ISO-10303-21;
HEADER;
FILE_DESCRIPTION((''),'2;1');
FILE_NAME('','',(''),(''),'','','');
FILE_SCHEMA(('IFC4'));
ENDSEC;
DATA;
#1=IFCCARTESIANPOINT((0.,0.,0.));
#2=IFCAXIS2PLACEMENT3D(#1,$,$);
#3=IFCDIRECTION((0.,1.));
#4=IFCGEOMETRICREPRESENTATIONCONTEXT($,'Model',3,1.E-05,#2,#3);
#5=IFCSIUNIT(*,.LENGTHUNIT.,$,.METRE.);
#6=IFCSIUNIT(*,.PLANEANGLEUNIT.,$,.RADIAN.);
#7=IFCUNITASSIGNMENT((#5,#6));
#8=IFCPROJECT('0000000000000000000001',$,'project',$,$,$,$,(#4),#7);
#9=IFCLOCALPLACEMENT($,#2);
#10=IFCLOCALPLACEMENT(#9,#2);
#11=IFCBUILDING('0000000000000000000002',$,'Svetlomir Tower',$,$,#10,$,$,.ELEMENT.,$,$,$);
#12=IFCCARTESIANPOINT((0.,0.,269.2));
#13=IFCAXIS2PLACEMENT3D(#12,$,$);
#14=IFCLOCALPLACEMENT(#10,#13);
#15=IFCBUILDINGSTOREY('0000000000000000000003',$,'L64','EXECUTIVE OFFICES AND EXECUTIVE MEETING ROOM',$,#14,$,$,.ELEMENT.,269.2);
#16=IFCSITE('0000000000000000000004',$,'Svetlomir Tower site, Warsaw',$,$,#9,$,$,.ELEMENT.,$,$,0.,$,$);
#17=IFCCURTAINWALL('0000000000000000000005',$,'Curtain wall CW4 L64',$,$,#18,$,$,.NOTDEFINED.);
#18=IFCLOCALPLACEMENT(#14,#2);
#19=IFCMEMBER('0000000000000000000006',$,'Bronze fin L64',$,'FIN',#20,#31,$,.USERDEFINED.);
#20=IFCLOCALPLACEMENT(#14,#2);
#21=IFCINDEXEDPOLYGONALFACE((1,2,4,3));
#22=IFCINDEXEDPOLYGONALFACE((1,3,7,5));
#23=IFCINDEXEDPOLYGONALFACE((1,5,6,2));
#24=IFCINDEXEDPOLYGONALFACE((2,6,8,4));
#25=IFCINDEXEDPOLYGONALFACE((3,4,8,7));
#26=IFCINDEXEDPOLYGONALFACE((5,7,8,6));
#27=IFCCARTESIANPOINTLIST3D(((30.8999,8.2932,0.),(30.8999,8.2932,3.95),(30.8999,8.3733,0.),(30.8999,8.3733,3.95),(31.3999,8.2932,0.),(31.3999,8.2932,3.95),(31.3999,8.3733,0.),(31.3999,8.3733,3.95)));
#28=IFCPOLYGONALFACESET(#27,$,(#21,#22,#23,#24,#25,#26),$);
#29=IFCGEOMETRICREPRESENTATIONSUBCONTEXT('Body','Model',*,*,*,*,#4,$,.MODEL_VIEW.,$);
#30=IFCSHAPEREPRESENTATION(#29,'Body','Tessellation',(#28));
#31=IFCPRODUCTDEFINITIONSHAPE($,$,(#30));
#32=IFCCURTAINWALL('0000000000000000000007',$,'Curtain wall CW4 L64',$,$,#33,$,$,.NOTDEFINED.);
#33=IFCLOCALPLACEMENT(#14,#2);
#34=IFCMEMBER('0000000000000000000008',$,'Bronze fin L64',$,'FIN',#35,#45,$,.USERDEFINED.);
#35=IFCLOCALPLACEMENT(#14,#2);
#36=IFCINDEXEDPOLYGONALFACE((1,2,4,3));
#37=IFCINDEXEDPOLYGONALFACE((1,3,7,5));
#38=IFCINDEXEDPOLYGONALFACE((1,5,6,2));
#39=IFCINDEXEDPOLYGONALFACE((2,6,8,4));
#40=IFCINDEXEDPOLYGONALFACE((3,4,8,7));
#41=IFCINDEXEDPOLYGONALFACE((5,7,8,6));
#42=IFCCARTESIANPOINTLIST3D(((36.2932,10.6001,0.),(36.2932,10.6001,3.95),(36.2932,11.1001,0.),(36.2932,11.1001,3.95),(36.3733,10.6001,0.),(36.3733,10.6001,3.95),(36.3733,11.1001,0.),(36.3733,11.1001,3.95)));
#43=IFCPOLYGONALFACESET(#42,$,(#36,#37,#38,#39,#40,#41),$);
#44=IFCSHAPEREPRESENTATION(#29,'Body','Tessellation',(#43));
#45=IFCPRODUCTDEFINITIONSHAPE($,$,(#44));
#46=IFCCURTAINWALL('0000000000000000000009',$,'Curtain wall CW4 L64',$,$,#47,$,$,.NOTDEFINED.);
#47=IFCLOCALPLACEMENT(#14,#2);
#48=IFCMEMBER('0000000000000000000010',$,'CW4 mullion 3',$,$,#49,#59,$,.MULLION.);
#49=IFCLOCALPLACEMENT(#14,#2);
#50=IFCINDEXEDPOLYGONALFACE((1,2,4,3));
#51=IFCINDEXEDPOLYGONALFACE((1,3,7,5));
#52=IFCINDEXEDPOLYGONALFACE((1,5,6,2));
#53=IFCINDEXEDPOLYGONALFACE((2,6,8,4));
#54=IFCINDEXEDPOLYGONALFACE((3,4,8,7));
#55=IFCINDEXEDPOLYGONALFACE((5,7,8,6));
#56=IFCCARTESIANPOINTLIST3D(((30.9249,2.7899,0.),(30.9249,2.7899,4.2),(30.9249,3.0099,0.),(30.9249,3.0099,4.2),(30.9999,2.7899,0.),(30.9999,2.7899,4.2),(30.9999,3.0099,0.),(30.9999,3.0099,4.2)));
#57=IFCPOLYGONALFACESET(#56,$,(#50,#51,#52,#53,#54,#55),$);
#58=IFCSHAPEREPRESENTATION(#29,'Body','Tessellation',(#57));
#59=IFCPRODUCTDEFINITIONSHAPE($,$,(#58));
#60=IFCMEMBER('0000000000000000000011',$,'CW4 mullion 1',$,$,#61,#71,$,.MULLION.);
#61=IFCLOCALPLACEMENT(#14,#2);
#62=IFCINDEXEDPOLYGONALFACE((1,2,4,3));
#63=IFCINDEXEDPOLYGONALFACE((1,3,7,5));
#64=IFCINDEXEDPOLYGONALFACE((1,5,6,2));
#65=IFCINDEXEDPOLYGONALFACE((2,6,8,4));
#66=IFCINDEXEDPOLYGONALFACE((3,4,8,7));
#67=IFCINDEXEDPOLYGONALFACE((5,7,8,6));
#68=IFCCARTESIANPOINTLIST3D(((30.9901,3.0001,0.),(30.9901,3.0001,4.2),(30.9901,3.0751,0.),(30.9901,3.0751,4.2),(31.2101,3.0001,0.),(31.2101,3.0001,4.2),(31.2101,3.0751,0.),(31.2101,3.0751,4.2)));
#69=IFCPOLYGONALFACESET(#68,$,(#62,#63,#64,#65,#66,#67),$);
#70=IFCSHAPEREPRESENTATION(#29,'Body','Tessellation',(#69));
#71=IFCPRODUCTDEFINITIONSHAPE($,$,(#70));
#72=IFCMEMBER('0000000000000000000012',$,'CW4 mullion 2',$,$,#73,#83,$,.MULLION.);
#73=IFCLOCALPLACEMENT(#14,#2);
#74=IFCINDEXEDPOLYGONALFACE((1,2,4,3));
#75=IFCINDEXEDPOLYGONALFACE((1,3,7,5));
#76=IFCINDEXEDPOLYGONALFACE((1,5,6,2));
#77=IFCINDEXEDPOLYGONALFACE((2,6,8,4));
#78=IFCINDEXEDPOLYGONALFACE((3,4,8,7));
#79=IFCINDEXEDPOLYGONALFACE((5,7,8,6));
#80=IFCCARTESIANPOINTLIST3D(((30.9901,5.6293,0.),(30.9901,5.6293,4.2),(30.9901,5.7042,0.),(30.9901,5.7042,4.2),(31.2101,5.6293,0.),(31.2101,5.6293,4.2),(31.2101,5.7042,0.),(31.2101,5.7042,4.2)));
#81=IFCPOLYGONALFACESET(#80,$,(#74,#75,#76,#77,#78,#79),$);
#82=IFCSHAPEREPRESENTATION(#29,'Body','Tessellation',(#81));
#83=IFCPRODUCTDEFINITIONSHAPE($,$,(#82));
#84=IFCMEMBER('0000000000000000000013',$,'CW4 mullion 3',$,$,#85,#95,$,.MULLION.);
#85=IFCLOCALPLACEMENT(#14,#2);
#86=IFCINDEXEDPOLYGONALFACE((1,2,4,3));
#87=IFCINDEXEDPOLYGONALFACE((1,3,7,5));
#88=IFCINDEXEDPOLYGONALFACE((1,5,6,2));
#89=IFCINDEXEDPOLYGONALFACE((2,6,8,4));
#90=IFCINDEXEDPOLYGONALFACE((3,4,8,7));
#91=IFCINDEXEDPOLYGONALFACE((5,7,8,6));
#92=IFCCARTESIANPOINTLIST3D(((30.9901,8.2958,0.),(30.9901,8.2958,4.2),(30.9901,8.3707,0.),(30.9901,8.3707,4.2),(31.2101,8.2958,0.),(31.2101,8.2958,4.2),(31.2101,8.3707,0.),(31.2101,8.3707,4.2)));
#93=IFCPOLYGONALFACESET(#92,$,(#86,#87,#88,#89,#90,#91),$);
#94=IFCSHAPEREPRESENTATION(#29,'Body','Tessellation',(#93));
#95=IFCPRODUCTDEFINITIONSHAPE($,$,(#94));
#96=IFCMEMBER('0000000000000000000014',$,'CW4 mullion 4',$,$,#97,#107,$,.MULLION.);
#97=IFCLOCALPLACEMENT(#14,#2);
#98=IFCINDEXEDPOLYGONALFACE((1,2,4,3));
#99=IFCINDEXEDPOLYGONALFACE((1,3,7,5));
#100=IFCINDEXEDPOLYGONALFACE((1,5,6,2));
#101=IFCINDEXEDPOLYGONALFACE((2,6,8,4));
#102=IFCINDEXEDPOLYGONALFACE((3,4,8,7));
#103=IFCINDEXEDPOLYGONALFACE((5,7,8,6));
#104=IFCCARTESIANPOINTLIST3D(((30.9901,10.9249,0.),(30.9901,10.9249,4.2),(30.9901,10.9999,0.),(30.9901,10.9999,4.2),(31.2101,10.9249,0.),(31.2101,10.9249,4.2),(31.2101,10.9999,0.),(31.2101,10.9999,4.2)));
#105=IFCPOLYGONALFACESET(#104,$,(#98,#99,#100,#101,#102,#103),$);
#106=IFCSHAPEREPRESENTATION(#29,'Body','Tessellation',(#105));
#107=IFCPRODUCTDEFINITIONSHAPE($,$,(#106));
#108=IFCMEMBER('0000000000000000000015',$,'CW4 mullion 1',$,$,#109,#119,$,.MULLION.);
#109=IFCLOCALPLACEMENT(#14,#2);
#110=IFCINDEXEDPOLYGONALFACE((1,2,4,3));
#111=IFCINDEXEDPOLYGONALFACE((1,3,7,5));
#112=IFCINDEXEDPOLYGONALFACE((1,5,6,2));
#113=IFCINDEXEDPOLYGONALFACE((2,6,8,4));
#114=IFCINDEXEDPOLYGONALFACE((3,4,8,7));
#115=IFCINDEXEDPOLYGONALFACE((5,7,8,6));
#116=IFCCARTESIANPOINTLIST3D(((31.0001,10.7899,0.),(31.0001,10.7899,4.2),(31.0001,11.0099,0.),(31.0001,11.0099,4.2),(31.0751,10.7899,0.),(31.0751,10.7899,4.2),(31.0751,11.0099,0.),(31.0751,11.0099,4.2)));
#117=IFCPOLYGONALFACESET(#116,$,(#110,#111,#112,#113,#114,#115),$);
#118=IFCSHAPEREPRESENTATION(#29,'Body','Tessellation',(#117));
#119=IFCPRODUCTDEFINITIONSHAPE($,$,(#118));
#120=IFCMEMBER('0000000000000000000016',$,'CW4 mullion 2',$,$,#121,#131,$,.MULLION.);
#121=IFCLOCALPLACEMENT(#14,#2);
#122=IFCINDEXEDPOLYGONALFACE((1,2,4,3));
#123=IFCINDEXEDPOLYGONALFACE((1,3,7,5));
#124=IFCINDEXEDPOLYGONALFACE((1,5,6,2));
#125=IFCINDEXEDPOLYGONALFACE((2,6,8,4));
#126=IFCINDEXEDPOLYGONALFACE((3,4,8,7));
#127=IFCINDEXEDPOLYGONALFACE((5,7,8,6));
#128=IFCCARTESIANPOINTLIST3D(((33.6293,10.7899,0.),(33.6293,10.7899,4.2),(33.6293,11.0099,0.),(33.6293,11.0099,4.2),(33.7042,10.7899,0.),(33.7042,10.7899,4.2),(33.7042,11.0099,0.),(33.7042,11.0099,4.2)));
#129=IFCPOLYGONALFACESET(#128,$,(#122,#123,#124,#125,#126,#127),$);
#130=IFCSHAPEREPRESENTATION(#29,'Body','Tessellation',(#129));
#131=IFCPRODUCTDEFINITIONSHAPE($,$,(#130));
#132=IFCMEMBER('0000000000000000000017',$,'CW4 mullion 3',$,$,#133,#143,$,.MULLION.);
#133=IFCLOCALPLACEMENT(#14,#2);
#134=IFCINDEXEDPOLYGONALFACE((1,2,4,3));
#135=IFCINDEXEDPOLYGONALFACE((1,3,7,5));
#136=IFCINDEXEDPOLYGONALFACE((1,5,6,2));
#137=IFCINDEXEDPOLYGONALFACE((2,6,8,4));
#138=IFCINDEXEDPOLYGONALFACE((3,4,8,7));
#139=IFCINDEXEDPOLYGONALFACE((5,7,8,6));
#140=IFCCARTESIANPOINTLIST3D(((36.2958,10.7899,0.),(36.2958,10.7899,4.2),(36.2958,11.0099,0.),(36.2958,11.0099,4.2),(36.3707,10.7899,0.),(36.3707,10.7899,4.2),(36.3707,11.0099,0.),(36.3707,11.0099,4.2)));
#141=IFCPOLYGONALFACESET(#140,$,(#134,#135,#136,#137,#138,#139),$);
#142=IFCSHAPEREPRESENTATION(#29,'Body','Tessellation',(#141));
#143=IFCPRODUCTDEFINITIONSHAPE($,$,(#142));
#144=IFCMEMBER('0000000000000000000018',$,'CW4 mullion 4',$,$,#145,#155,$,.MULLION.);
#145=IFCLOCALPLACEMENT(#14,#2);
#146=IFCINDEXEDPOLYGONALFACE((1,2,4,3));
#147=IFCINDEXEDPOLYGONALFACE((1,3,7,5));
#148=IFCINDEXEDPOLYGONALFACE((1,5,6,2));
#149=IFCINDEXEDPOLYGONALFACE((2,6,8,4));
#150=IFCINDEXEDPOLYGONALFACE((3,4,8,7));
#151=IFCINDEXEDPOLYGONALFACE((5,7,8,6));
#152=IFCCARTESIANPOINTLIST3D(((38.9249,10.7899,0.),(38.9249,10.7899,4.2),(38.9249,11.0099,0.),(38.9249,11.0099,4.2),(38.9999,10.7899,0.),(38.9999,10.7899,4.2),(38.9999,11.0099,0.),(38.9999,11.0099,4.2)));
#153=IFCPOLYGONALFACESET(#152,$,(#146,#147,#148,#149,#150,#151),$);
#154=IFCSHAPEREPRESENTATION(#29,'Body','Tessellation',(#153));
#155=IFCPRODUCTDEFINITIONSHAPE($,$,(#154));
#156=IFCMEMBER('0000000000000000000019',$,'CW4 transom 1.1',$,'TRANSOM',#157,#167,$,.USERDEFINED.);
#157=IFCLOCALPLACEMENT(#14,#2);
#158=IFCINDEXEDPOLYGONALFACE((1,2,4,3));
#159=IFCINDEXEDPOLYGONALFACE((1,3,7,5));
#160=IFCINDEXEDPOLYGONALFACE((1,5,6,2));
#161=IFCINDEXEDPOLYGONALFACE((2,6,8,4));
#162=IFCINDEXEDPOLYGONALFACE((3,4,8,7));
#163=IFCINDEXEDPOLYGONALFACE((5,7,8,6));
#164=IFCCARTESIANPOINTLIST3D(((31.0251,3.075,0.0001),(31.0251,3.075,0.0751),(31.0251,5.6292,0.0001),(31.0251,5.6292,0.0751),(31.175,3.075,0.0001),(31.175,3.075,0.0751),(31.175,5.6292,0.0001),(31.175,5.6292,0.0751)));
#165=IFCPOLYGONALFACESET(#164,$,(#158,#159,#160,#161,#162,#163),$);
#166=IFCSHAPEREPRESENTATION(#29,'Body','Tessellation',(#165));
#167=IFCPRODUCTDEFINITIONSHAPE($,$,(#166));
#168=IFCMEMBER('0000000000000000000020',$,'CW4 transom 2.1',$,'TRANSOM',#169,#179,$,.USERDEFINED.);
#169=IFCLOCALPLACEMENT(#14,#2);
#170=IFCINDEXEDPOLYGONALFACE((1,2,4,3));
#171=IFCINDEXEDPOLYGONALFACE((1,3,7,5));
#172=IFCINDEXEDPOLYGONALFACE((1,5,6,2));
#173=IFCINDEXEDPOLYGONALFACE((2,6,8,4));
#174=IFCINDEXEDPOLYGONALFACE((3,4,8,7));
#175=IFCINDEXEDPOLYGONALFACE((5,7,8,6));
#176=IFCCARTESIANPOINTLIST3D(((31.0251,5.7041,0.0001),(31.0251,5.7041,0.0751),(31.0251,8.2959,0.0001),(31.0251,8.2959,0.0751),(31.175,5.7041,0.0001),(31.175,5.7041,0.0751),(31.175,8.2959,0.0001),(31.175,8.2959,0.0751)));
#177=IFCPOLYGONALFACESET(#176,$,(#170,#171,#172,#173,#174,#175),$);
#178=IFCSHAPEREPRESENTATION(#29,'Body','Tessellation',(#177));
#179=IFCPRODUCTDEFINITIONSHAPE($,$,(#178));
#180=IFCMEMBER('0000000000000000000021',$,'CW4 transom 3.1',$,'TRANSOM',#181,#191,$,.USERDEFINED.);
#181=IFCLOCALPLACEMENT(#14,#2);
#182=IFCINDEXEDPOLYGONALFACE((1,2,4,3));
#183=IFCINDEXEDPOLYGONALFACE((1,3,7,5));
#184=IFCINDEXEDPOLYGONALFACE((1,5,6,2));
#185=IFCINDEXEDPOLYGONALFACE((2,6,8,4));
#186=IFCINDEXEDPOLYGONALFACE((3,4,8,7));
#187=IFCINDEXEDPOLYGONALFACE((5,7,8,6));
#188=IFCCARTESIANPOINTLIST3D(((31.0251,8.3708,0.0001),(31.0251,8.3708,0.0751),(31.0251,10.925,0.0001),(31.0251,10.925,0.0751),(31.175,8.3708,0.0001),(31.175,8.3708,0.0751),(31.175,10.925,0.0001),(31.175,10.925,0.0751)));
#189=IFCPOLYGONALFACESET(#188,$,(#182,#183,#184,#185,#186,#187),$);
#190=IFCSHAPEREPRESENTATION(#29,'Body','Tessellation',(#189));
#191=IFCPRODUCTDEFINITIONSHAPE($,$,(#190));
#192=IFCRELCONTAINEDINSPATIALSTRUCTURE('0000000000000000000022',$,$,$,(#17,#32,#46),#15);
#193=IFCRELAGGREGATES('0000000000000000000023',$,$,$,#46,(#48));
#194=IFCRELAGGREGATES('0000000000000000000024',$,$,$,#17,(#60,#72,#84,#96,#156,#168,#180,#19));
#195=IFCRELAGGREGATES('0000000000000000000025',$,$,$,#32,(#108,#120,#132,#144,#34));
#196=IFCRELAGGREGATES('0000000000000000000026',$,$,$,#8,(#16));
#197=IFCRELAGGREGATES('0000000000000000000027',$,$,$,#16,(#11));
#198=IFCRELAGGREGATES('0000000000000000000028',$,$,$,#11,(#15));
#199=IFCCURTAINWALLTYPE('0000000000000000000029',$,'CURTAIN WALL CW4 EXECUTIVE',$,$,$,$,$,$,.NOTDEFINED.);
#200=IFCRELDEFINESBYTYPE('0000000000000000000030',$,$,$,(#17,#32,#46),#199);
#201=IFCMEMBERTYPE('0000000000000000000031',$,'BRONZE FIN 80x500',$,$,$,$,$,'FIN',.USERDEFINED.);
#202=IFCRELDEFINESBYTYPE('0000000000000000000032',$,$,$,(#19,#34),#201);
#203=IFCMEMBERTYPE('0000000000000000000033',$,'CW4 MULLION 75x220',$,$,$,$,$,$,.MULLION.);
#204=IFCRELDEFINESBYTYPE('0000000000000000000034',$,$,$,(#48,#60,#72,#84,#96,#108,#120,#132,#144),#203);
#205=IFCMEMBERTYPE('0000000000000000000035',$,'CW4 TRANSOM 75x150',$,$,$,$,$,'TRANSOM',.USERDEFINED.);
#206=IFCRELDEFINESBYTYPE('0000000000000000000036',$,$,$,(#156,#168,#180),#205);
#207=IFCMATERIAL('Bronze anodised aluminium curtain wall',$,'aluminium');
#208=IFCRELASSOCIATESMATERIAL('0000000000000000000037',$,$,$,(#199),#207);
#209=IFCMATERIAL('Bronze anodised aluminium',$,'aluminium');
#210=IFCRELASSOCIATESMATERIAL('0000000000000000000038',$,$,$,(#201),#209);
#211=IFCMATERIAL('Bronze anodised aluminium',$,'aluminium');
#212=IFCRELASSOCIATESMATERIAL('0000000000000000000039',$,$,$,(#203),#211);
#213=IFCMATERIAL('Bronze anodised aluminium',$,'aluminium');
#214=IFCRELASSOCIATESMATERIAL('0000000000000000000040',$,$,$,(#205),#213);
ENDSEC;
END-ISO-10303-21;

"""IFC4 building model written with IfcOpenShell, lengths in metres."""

from ifc_helpers import new_model, si_unit, direction, frame, origin, origin_2d, place, context, subcontext, project, spatial, rectangle, extrude, material, material_profile, profile_set, type_object, element, aggregate, save


model = new_model("IFC4")

# Units and contexts
model_context = context("Model", 3, precision=1e-05, world=origin(), true_north=direction((0.0, 1.0)))
body_context = subcontext(model_context, "Body", "Model", "MODEL_VIEW")
ifc_project = project(units=[si_unit("LENGTHUNIT", "METRE"), si_unit("PLANEANGLEUNIT", "RADIAN")], contexts=[model_context])

# Site, building, storey
site_placement = place(None, origin())
site = spatial("IfcSite", under=ifc_project, at=site_placement, Name="Svetlomir Tower site, Warsaw", CompositionType="ELEMENT", RefElevation=0.0)
building_placement = place(site_placement, origin())
building = spatial("IfcBuilding", under=site, at=building_placement, Name="Svetlomir Tower", CompositionType="ELEMENT")
storey_placement = place(building_placement, frame((0.0, 0.0, 269.2)))
storey = spatial("IfcBuildingStorey", under=building, at=storey_placement, Name="L64", Description="EXECUTIVE OFFICES AND EXECUTIVE MEETING ROOM", CompositionType="ELEMENT", Elevation=269.2)

# Curtain walls, members
ifc_material_1 = material(Name="Bronze anodised aluminium curtain wall", Category="aluminium")
curtain_wall_type = type_object("IfcCurtainWallType", Name="CURTAIN WALL CW4 EXECUTIVE", PredefinedType="NOTDEFINED", material=ifc_material_1)
curtain_wall_1_placement = place(storey_placement, origin())
curtain_wall_1 = element("IfcCurtainWall", 1, at=curtain_wall_1_placement, inside=storey, type_object=curtain_wall_type, Name="Curtain wall CW4 L64", PredefinedType="NOTDEFINED")
ifc_material_2 = material(Name="Bronze anodised aluminium", Category="aluminium")
ifc_material_profile_1 = material_profile(ifc_material_2, rectangle(XDim=0.0801, YDim=0.5, at=origin_2d()), Name="FIN 80x500")
ifc_profile_set_1 = profile_set([ifc_material_profile_1], Name="Bronze anodised aluminium 6063-T6")
member_type_1 = type_object("IfcMemberType", Name="BRONZE FIN 80x500", ElementType="FIN", PredefinedType="USERDEFINED", material=ifc_profile_set_1)
member_1_placement = place(storey_placement, frame((31.1499, 8.3333, 0.0), z_axis=(0.0, 0.0, 1.0), x_axis=(0.0, 1.0, 0.0)))
member_1 = element("IfcMember", 2, at=member_1_placement, type_object=member_type_1, Name="Bronze fin L64", ObjectType="FIN", PredefinedType="USERDEFINED", context=body_context, shape_type="SweptSolid", body=[
    extrude(rectangle(XDim=0.0801, YDim=0.5, at=origin_2d()), origin(), (0.0, 0.0, 1.0), 3.95),
])
curtain_wall_2_placement = place(storey_placement, origin())
curtain_wall_2 = element("IfcCurtainWall", 3, at=curtain_wall_2_placement, inside=storey, type_object=curtain_wall_type, Name="Curtain wall CW4 L64", PredefinedType="NOTDEFINED")
member_2_placement = place(storey_placement, frame((36.3333, 10.8501, 0.0), z_axis=(0.0, 0.0, 1.0), x_axis=(1.0, 0.0, 0.0)))
member_2 = element("IfcMember", 4, at=member_2_placement, type_object=member_type_1, Name="Bronze fin L64", ObjectType="FIN", PredefinedType="USERDEFINED", context=body_context, shape_type="SweptSolid", body=[
    extrude(rectangle(XDim=0.0801, YDim=0.5, at=origin_2d()), origin(), (0.0, 0.0, 1.0), 3.95),
])
curtain_wall_3_placement = place(storey_placement, origin())
curtain_wall_3 = element("IfcCurtainWall", 5, at=curtain_wall_3_placement, inside=storey, type_object=curtain_wall_type, Name="Curtain wall CW4 L64", PredefinedType="NOTDEFINED")
ifc_material_3 = material(Name="Bronze anodised aluminium", Category="aluminium")
ifc_material_profile_2 = material_profile(ifc_material_3, rectangle(XDim=0.075, YDim=0.22, at=origin_2d()), Name="AL 75x220")
ifc_profile_set_2 = profile_set([ifc_material_profile_2], Name="Bronze anodised aluminium 6063-T6")
member_type_2 = type_object("IfcMemberType", Name="CW4 MULLION 75x220", PredefinedType="MULLION", material=ifc_profile_set_2)
member_3_placement = place(storey_placement, frame((30.9624, 2.8999, 0.0), z_axis=(0.0, 0.0, 1.0), x_axis=(1.0, 0.0, 0.0)))
member_3 = element("IfcMember", 6, at=member_3_placement, type_object=member_type_2, Name="CW4 mullion 3", PredefinedType="MULLION", context=body_context, shape_type="SweptSolid", body=[
    extrude(rectangle(XDim=0.075, YDim=0.22, at=origin_2d()), origin(), (0.0, 0.0, 1.0), 4.2),
])

# Members
member_4_placement = place(storey_placement, frame((31.1001, 3.0376, 0.0), z_axis=(0.0, 0.0, 1.0), x_axis=(0.0, 1.0, 0.0)))
member_4 = element("IfcMember", 7, at=member_4_placement, type_object=member_type_2, Name="CW4 mullion 1", PredefinedType="MULLION", context=body_context, shape_type="SweptSolid", body=[
    extrude(rectangle(XDim=0.075, YDim=0.22, at=origin_2d()), origin(), (0.0, 0.0, 1.0), 4.2),
])
member_5_placement = place(storey_placement, frame((31.1001, 5.6667, 0.0), z_axis=(0.0, 0.0, 1.0), x_axis=(0.0, 1.0, 0.0)))
member_5 = element("IfcMember", 8, at=member_5_placement, type_object=member_type_2, Name="CW4 mullion 2", PredefinedType="MULLION", context=body_context, shape_type="SweptSolid", body=[
    extrude(rectangle(XDim=0.075, YDim=0.22, at=origin_2d()), origin(), (0.0, 0.0, 1.0), 4.2),
])
member_6_placement = place(storey_placement, frame((31.1001, 8.3333, 0.0), z_axis=(0.0, 0.0, 1.0), x_axis=(0.0, 1.0, 0.0)))
member_6 = element("IfcMember", 9, at=member_6_placement, type_object=member_type_2, Name="CW4 mullion 3", PredefinedType="MULLION", context=body_context, shape_type="SweptSolid", body=[
    extrude(rectangle(XDim=0.075, YDim=0.22, at=origin_2d()), origin(), (0.0, 0.0, 1.0), 4.2),
])
member_7_placement = place(storey_placement, frame((31.1001, 10.9624, 0.0), z_axis=(0.0, 0.0, 1.0), x_axis=(0.0, 1.0, 0.0)))
member_7 = element("IfcMember", 10, at=member_7_placement, type_object=member_type_2, Name="CW4 mullion 4", PredefinedType="MULLION", context=body_context, shape_type="SweptSolid", body=[
    extrude(rectangle(XDim=0.075, YDim=0.22, at=origin_2d()), origin(), (0.0, 0.0, 1.0), 4.2),
])
member_8_placement = place(storey_placement, frame((31.0376, 10.8999, 0.0), z_axis=(0.0, 0.0, 1.0), x_axis=(1.0, 0.0, 0.0)))
member_8 = element("IfcMember", 11, at=member_8_placement, type_object=member_type_2, Name="CW4 mullion 1", PredefinedType="MULLION", context=body_context, shape_type="SweptSolid", body=[
    extrude(rectangle(XDim=0.075, YDim=0.22, at=origin_2d()), origin(), (0.0, 0.0, 1.0), 4.2),
])
member_9_placement = place(storey_placement, frame((33.6667, 10.8999, 0.0), z_axis=(0.0, 0.0, 1.0), x_axis=(1.0, 0.0, 0.0)))
member_9 = element("IfcMember", 12, at=member_9_placement, type_object=member_type_2, Name="CW4 mullion 2", PredefinedType="MULLION", context=body_context, shape_type="SweptSolid", body=[
    extrude(rectangle(XDim=0.075, YDim=0.22, at=origin_2d()), origin(), (0.0, 0.0, 1.0), 4.2),
])
member_10_placement = place(storey_placement, frame((36.3333, 10.8999, 0.0), z_axis=(0.0, 0.0, 1.0), x_axis=(1.0, 0.0, 0.0)))
member_10 = element("IfcMember", 13, at=member_10_placement, type_object=member_type_2, Name="CW4 mullion 3", PredefinedType="MULLION", context=body_context, shape_type="SweptSolid", body=[
    extrude(rectangle(XDim=0.075, YDim=0.22, at=origin_2d()), origin(), (0.0, 0.0, 1.0), 4.2),
])
member_11_placement = place(storey_placement, frame((38.9624, 10.8999, 0.0), z_axis=(0.0, 0.0, 1.0), x_axis=(1.0, 0.0, 0.0)))
member_11 = element("IfcMember", 14, at=member_11_placement, type_object=member_type_2, Name="CW4 mullion 4", PredefinedType="MULLION", context=body_context, shape_type="SweptSolid", body=[
    extrude(rectangle(XDim=0.075, YDim=0.22, at=origin_2d()), origin(), (0.0, 0.0, 1.0), 4.2),
])
ifc_material_4 = material(Name="Bronze anodised aluminium", Category="aluminium")
ifc_material_profile_3 = material_profile(ifc_material_4, rectangle(XDim=0.1499, YDim=0.075, at=origin_2d()), Name="AL 150x75")
ifc_profile_set_3 = profile_set([ifc_material_profile_3], Name="Bronze anodised aluminium 6063-T6")
member_type_3 = type_object("IfcMemberType", Name="CW4 TRANSOM 75x150", ElementType="TRANSOM", PredefinedType="USERDEFINED", material=ifc_profile_set_3)
member_12_placement = place(storey_placement, frame((31.1001, 3.075, 0.0376), z_axis=(0.0, 1.0, 0.0), x_axis=(-1.0, 0.0, 0.0)))
member_12 = element("IfcMember", 15, at=member_12_placement, type_object=member_type_3, Name="CW4 transom 1.1", ObjectType="TRANSOM", PredefinedType="USERDEFINED", context=body_context, shape_type="SweptSolid", body=[
    extrude(rectangle(XDim=0.1499, YDim=0.075, at=origin_2d()), origin(), (0.0, 0.0, 1.0), 2.5542),
])
member_13_placement = place(storey_placement, frame((31.1001, 5.7041, 0.0376), z_axis=(0.0, 1.0, 0.0), x_axis=(-1.0, 0.0, 0.0)))
member_13 = element("IfcMember", 16, at=member_13_placement, type_object=member_type_3, Name="CW4 transom 2.1", ObjectType="TRANSOM", PredefinedType="USERDEFINED", context=body_context, shape_type="SweptSolid", body=[
    extrude(rectangle(XDim=0.1499, YDim=0.075, at=origin_2d()), origin(), (0.0, 0.0, 1.0), 2.5918),
])
member_14_placement = place(storey_placement, frame((31.1001, 8.3708, 0.0376), z_axis=(0.0, 1.0, 0.0), x_axis=(-1.0, 0.0, 0.0)))
member_14 = element("IfcMember", 17, at=member_14_placement, type_object=member_type_3, Name="CW4 transom 3.1", ObjectType="TRANSOM", PredefinedType="USERDEFINED", context=body_context, shape_type="SweptSolid", body=[
    extrude(rectangle(XDim=0.1499, YDim=0.075, at=origin_2d()), origin(), (0.0, 0.0, 1.0), 2.5542),
])

aggregate(curtain_wall_3, [member_3])
aggregate(curtain_wall_1, [member_4, member_5, member_6, member_7, member_12, member_13, member_14, member_1])
aggregate(curtain_wall_2, [member_8, member_9, member_10, member_11, member_2])

save(model, "model.ifc")
